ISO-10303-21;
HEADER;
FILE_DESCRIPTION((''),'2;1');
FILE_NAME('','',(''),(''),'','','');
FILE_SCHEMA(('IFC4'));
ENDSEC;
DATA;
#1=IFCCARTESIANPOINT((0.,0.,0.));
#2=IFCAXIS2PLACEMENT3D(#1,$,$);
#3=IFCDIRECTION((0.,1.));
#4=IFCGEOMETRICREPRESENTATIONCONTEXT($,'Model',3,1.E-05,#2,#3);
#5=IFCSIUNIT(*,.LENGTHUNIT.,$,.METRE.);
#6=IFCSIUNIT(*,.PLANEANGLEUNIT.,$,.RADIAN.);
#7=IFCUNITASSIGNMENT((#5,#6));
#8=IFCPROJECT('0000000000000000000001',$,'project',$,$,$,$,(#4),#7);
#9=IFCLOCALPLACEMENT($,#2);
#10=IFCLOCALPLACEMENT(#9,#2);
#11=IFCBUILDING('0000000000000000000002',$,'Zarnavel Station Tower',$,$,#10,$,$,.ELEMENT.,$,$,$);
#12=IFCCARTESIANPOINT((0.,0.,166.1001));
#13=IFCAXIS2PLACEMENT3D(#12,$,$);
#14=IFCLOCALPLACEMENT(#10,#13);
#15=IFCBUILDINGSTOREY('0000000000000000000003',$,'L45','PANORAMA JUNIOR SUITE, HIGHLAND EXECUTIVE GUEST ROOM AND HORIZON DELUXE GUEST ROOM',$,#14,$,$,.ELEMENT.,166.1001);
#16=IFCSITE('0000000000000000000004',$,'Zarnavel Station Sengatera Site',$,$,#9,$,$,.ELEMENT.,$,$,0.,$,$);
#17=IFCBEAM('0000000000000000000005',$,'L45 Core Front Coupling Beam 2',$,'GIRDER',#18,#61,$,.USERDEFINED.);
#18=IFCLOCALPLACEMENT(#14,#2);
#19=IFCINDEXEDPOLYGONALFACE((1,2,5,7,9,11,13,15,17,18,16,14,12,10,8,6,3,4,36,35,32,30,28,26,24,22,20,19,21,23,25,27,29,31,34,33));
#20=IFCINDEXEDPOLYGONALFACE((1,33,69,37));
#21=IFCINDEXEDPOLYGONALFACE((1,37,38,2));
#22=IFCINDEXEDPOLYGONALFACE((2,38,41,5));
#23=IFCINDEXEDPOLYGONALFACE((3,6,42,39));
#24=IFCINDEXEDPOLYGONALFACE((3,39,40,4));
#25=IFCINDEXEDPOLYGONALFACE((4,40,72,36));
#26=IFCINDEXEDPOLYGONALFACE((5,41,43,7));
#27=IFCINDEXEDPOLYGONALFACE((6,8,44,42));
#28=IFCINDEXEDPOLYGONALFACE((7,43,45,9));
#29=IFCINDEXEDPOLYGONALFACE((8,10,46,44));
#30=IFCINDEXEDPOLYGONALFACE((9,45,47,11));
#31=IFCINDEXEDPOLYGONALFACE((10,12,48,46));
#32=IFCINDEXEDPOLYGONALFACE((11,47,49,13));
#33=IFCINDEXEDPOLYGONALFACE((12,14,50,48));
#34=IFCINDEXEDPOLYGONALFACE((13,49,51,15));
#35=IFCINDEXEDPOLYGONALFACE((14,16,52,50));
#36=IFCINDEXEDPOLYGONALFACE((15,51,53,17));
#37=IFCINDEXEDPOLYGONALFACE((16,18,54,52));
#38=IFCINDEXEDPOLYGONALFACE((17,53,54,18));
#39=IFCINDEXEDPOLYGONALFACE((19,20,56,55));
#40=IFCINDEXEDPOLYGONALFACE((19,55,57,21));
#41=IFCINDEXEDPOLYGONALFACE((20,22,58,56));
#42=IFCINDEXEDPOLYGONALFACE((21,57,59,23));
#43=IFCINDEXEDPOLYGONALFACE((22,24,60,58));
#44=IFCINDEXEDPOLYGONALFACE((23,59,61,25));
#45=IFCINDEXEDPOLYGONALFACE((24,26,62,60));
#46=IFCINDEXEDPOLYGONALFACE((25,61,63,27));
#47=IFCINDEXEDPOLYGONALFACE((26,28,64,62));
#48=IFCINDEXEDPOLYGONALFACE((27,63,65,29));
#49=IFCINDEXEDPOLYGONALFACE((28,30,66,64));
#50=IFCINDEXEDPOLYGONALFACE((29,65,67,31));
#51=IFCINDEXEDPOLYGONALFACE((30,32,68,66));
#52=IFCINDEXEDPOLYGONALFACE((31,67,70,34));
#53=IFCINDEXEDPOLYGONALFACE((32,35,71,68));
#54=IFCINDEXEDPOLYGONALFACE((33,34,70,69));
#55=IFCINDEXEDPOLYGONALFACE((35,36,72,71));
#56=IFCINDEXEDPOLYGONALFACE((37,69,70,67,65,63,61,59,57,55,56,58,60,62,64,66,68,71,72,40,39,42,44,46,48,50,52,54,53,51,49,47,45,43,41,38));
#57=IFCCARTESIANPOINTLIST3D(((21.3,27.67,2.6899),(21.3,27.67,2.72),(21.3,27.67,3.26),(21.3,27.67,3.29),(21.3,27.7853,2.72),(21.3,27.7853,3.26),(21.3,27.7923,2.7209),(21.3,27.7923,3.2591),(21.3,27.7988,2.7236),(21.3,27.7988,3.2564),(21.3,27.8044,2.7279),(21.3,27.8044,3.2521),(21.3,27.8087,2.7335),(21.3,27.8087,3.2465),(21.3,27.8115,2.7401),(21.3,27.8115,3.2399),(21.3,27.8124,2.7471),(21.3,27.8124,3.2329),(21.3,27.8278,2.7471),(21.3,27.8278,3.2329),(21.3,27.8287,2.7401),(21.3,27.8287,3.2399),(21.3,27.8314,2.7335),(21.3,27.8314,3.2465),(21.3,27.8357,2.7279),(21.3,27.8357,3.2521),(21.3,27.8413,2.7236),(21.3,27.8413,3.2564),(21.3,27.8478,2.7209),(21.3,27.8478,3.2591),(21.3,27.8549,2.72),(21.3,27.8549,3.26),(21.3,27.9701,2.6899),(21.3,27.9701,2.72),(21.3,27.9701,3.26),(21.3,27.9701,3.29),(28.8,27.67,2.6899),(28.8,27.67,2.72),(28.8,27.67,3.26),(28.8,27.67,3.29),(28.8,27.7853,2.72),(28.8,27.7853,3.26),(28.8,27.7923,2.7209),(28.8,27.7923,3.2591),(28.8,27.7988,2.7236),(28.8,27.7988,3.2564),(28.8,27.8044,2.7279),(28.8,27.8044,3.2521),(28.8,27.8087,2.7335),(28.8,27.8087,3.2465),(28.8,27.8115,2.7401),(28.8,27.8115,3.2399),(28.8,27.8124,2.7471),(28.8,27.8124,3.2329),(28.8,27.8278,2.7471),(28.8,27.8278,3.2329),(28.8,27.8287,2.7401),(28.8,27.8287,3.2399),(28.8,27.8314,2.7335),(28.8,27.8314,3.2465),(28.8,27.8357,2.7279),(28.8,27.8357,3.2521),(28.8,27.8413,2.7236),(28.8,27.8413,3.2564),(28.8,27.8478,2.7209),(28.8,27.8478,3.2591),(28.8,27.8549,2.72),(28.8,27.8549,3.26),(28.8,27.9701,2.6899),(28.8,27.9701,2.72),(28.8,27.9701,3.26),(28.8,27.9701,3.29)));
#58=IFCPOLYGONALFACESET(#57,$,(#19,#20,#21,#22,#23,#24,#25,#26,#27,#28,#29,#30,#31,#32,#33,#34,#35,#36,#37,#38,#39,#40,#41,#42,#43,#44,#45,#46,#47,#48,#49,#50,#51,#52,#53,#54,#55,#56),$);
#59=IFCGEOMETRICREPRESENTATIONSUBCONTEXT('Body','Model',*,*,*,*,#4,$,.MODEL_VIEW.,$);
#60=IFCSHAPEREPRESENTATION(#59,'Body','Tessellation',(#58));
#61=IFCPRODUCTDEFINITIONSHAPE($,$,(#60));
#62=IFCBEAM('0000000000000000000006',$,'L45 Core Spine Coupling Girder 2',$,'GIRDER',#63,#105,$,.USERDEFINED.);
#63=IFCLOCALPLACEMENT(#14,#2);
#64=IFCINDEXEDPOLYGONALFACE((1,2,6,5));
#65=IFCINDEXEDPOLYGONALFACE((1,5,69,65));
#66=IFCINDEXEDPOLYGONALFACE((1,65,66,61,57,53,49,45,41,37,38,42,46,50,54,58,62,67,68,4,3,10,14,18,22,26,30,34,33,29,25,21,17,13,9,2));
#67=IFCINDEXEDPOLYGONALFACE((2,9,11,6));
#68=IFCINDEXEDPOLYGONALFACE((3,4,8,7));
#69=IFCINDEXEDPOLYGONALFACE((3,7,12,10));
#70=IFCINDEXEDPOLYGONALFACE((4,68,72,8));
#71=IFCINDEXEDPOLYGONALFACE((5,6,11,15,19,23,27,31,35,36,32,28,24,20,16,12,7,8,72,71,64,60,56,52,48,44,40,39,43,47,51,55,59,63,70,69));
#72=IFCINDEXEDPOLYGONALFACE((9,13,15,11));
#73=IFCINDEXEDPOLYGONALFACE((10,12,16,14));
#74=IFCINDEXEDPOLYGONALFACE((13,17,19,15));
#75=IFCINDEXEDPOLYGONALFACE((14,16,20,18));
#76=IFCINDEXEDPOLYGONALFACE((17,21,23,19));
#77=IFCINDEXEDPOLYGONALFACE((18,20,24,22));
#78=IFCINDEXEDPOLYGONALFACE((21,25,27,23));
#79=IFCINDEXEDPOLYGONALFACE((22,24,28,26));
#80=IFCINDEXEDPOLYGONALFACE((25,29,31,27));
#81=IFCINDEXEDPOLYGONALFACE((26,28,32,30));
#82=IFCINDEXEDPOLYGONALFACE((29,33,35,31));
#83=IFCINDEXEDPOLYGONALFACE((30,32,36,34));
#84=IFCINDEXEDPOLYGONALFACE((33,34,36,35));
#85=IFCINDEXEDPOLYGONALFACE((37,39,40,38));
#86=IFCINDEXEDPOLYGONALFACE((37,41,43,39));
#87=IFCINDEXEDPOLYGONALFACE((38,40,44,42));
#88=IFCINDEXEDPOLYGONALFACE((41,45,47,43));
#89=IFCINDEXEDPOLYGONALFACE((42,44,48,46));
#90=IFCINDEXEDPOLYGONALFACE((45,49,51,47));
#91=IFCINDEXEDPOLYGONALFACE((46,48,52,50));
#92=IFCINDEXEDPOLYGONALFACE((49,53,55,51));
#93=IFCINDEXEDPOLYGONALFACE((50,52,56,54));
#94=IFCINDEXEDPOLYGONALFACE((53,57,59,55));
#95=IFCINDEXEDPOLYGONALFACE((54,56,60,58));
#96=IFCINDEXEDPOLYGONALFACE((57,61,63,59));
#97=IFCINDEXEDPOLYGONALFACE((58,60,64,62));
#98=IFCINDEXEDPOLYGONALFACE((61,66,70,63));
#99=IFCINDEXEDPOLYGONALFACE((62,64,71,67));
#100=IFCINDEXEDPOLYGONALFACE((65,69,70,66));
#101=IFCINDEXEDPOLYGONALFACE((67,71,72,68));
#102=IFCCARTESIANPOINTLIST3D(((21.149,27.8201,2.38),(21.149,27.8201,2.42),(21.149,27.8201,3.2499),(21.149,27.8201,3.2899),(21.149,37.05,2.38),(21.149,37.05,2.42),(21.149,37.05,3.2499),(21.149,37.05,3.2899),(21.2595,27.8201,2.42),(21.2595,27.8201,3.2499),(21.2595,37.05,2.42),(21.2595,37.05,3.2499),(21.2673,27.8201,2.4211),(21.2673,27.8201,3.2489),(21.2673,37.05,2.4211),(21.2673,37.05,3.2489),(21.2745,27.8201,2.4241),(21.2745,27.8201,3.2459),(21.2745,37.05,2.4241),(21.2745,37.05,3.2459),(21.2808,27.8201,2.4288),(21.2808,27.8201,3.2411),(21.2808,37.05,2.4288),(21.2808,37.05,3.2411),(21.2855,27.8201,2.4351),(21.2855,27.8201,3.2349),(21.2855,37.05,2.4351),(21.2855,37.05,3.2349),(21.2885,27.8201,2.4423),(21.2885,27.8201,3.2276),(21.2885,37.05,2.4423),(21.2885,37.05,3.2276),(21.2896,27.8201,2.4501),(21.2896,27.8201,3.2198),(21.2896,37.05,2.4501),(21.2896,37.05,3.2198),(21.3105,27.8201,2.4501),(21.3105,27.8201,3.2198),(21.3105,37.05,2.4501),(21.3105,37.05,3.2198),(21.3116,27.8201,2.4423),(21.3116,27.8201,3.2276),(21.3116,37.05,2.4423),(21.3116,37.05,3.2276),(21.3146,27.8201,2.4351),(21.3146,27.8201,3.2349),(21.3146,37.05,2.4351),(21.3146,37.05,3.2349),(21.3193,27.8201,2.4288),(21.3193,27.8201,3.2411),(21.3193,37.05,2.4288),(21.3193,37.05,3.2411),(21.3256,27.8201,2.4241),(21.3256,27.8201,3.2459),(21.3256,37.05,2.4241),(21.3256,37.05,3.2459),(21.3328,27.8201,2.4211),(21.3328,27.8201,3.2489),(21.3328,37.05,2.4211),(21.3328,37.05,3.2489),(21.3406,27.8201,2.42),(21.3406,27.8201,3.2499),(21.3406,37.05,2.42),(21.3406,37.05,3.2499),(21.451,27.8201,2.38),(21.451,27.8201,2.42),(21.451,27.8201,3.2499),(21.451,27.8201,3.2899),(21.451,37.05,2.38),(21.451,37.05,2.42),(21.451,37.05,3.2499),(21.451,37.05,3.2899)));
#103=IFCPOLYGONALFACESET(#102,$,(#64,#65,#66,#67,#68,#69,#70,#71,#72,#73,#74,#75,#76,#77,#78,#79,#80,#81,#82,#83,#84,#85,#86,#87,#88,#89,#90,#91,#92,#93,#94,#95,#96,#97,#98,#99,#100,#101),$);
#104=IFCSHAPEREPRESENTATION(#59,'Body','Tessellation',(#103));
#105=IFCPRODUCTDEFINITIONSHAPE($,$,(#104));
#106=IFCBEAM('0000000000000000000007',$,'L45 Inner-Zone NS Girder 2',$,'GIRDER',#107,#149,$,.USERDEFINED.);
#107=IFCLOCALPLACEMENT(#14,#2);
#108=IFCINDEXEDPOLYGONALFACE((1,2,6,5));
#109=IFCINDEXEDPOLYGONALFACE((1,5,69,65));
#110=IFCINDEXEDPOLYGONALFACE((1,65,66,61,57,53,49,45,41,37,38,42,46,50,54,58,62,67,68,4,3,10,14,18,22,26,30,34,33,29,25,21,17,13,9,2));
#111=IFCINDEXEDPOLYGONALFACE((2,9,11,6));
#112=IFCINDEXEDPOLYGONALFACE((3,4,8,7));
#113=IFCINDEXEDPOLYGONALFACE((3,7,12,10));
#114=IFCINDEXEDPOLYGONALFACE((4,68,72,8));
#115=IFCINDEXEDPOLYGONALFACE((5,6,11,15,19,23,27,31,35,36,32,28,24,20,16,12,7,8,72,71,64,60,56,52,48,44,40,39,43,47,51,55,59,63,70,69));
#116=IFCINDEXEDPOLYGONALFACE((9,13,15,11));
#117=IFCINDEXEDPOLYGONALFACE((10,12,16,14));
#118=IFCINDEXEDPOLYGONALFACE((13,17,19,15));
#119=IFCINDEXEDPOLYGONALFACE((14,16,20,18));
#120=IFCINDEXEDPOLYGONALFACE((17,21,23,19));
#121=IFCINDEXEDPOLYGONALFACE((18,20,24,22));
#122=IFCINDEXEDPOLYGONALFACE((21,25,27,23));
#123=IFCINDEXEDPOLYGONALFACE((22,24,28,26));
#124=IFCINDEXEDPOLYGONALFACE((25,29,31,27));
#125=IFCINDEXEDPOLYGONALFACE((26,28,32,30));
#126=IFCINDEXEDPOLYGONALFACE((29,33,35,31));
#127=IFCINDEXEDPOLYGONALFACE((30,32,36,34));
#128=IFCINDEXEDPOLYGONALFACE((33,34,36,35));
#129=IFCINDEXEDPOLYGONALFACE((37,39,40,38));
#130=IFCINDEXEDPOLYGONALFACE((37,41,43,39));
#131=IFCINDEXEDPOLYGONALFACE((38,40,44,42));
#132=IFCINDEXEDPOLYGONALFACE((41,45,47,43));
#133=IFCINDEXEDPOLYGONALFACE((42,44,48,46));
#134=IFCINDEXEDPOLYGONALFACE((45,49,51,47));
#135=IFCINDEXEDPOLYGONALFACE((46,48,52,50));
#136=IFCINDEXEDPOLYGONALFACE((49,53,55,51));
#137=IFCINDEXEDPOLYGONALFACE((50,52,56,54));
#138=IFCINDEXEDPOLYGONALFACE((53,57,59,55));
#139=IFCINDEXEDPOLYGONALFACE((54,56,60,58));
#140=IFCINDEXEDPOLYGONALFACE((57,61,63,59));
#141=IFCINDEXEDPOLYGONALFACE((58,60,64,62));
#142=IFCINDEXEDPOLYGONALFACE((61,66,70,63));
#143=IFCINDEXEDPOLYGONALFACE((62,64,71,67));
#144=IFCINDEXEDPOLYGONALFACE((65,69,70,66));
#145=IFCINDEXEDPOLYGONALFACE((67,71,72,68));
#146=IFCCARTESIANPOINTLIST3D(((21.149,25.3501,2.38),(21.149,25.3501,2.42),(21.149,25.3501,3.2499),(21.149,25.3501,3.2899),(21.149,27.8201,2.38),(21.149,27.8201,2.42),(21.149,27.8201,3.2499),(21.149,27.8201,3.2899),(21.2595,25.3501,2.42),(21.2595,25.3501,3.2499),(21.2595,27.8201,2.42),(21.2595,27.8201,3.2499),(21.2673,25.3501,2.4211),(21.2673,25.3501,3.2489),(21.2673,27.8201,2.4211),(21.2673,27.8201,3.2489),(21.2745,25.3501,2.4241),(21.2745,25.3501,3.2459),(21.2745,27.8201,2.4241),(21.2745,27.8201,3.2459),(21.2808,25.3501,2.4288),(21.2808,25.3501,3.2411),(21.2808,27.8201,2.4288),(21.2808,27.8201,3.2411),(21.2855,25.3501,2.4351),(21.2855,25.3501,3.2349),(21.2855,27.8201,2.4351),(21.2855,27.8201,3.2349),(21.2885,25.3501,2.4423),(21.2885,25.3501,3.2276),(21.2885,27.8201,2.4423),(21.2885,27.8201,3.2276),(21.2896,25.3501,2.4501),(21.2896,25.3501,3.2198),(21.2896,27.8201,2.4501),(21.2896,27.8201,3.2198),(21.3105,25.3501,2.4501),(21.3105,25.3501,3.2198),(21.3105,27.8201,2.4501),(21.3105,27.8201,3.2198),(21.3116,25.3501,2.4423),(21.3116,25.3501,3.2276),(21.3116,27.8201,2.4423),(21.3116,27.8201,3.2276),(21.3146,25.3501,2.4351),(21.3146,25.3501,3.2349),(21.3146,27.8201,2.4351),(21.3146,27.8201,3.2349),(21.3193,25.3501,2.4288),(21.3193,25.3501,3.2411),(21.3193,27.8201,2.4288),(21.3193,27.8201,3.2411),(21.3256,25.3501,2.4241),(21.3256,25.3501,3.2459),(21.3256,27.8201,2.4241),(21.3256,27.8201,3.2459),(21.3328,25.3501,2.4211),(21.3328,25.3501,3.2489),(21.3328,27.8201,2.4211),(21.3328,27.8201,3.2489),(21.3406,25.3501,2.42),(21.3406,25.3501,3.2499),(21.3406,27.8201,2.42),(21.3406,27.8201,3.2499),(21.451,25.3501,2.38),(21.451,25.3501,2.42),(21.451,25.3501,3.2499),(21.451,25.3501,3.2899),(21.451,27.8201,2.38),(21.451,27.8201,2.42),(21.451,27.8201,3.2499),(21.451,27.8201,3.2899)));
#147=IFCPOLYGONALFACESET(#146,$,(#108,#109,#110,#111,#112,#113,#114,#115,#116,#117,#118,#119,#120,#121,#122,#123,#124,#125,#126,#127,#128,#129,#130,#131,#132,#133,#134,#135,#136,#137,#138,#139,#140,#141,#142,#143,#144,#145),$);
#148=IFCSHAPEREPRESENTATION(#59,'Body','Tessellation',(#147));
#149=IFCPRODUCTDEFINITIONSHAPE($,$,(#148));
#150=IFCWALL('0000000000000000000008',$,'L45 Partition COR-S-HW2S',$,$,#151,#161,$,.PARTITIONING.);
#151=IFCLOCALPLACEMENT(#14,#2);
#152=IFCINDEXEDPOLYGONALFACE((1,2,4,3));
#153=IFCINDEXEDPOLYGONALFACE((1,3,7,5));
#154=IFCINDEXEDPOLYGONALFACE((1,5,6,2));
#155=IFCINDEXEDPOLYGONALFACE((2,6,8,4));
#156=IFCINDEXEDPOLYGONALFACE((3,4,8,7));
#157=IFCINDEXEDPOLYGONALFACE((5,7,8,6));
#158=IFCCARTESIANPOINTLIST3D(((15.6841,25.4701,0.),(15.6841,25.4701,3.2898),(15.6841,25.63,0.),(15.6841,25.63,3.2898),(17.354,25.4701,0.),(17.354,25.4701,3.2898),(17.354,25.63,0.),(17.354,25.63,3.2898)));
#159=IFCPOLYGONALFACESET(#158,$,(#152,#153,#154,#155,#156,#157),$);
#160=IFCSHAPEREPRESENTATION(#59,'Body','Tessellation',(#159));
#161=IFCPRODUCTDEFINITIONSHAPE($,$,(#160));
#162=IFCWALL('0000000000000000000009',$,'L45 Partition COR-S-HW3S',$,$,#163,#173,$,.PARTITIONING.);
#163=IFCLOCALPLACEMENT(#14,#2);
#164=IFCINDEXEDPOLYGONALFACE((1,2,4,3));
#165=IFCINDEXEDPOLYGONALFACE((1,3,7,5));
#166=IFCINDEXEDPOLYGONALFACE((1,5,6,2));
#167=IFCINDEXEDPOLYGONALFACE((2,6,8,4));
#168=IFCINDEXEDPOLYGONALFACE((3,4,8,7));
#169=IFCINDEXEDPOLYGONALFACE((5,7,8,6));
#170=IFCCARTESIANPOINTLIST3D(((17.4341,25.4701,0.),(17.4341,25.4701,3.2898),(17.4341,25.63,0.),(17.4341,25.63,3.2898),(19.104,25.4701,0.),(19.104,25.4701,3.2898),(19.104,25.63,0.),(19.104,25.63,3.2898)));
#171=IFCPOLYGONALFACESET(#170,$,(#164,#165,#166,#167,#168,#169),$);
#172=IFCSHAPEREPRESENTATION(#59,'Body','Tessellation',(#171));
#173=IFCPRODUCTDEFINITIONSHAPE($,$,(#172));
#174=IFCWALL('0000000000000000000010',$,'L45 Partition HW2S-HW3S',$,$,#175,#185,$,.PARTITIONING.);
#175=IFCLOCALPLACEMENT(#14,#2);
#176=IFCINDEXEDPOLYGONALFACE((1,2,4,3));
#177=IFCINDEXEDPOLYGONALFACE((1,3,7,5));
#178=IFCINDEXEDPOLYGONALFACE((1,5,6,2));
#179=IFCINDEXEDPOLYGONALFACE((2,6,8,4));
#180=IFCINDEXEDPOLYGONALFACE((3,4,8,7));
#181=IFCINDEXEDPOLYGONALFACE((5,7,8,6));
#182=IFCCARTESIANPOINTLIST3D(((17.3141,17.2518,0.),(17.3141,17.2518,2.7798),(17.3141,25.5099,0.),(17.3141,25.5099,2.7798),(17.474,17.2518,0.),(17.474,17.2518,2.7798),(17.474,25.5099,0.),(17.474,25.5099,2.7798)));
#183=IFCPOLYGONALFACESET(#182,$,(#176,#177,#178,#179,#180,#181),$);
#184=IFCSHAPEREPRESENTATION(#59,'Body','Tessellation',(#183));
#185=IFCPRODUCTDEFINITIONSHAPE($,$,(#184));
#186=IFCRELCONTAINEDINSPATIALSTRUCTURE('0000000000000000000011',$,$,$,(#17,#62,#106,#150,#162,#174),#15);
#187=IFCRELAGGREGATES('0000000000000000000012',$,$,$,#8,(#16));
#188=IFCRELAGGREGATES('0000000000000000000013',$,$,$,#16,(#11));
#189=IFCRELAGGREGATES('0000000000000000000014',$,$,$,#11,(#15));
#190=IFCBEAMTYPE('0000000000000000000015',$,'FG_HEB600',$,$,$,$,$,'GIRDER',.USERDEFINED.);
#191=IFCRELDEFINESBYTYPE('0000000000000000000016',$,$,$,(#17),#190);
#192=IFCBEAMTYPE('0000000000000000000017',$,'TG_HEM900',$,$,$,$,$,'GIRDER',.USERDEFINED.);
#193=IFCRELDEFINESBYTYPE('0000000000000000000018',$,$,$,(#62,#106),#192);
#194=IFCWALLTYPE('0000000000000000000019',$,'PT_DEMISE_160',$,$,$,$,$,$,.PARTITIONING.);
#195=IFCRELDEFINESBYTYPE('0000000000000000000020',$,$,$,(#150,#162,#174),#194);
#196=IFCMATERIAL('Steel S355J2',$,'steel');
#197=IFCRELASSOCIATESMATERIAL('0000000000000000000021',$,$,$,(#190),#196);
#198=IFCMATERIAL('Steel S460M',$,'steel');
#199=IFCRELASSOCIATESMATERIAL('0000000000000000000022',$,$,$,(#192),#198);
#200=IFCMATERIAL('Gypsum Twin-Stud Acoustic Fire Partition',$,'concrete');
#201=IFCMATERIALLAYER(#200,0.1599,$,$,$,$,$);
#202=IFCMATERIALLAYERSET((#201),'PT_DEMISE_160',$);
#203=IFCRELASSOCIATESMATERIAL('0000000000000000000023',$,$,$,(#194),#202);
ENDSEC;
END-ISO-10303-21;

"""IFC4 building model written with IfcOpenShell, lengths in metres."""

from ifc_helpers import new_model, si_unit, direction, frame, frame_2d, origin, origin_2d, place, context, subcontext, project, spatial, rectangle, i_section, extrude, material, layer, layer_set, material_profile, profile_set, type_object, element, save


model = new_model("IFC4")

# Units and contexts
model_context = context("Model", 3, precision=1e-05, world=origin(), true_north=direction((0.0, 1.0)))
body_context = subcontext(model_context, "Body", "Model", "MODEL_VIEW")
ifc_project = project(units=[si_unit("LENGTHUNIT", "METRE"), si_unit("PLANEANGLEUNIT", "RADIAN")], contexts=[model_context])

# Site, building, storey
site_placement = place(None, origin())
site = spatial("IfcSite", under=ifc_project, at=site_placement, Name="Zarnavel Station Sengatera Site", CompositionType="ELEMENT", RefElevation=0.0)
building_placement = place(site_placement, origin())
building = spatial("IfcBuilding", under=site, at=building_placement, Name="Zarnavel Station Tower", CompositionType="ELEMENT")
storey_placement = place(building_placement, frame((0.0, 0.0, 166.1001)))
storey = spatial("IfcBuildingStorey", under=building, at=storey_placement, Name="L45", Description="PANORAMA JUNIOR SUITE, HIGHLAND EXECUTIVE GUEST ROOM AND HORIZON DELUXE GUEST ROOM", CompositionType="ELEMENT", Elevation=166.1001)

# Beams
ifc_material_1 = material(Name="Steel S355J2", Category="steel")
ifc_material_profile_1 = material_profile(ifc_material_1, i_section(OverallWidth=0.3, OverallDepth=0.6001, WebThickness=0.0154, FlangeThickness=0.03, FilletRadius=0.0271, at=origin_2d()), Name="HEB600")
ifc_profile_set_1 = profile_set([ifc_material_profile_1], Name="Steel S355J2")
beam_type_1 = type_object("IfcBeamType", Name="FG_HEB600", ElementType="GIRDER", PredefinedType="USERDEFINED", material=ifc_profile_set_1)
beam_1_placement = place(storey_placement, frame((21.3, 27.8201, 2.99), z_axis=(1.0, 0.0, 0.0), x_axis=(0.0, 1.0, 0.0)))
element("IfcBeam", 1, at=beam_1_placement, inside=storey, type_object=beam_type_1, Name="L45 Core Front Coupling Beam 2", ObjectType="GIRDER", PredefinedType="USERDEFINED", context=body_context, shape_type="SweptSolid", body=[
    extrude(i_section(OverallWidth=0.3, OverallDepth=0.6001, WebThickness=0.0154, FlangeThickness=0.03, FilletRadius=0.0271, at=origin_2d()), origin(), (0.0, 0.0, 1.0), 7.5),
])
ifc_material_2 = material(Name="Steel S460M", Category="steel")
ifc_material_profile_2 = material_profile(ifc_material_2, i_section(OverallWidth=0.302, OverallDepth=0.9099, WebThickness=0.021, FlangeThickness=0.04, FilletRadius=0.03, at=origin_2d()), Name="HEM900")
ifc_profile_set_2 = profile_set([ifc_material_profile_2], Name="Steel S460M")
beam_type_2 = type_object("IfcBeamType", Name="TG_HEM900", ElementType="GIRDER", PredefinedType="USERDEFINED", material=ifc_profile_set_2)
beam_2_placement = place(storey_placement, frame((21.3, 27.8201, 2.835), z_axis=(0.0, 1.0, 0.0), x_axis=(-1.0, 0.0, 0.0)))
element("IfcBeam", 2, at=beam_2_placement, inside=storey, type_object=beam_type_2, Name="L45 Core Spine Coupling Girder 2", ObjectType="GIRDER", PredefinedType="USERDEFINED", context=body_context, shape_type="SweptSolid", body=[
    extrude(i_section(OverallWidth=0.302, OverallDepth=0.9099, WebThickness=0.021, FlangeThickness=0.04, FilletRadius=0.03, at=origin_2d()), origin(), (0.0, 0.0, 1.0), 9.23),
])
beam_3_placement = place(storey_placement, frame((21.3, 25.3501, 2.835), z_axis=(0.0, 1.0, 0.0), x_axis=(-1.0, 0.0, 0.0)))
element("IfcBeam", 3, at=beam_3_placement, inside=storey, type_object=beam_type_2, Name="L45 Inner-Zone NS Girder 2", ObjectType="GIRDER", PredefinedType="USERDEFINED", context=body_context, shape_type="SweptSolid", body=[
    extrude(i_section(OverallWidth=0.302, OverallDepth=0.9099, WebThickness=0.021, FlangeThickness=0.04, FilletRadius=0.03, at=origin_2d()), origin(), (0.0, 0.0, 1.0), 2.47),
])

# Wall
ifc_material_3 = material(Name="Gypsum Twin-Stud Acoustic Fire Partition", Category="concrete")
ifc_layer_1 = layer(ifc_material_3, 0.1599)
ifc_layer_set_1 = layer_set([ifc_layer_1], Name="PT_DEMISE_160")
wall_type_1 = type_object("IfcWallType", Name="PT_DEMISE_160", PredefinedType="PARTITIONING", material=ifc_layer_set_1)
wall_1_placement = place(storey_placement, frame((15.6841, 25.55, 0.0), z_axis=(0.0, 0.0, 1.0), x_axis=(1.0, 0.0, 0.0)))
element("IfcWall", 4, at=wall_1_placement, inside=storey, type_object=wall_type_1, Name="L45 Partition COR-S-HW2S", PredefinedType="PARTITIONING", context=body_context, shape_type="SweptSolid", body=[
    extrude(rectangle(XDim=1.6699, YDim=0.1599, at=frame_2d((0.835, 0.0))), origin(), (0.0, 0.0, 1.0), 3.2898),
])

# Walls
wall_2_placement = place(storey_placement, frame((17.4341, 25.55, 0.0), z_axis=(0.0, 0.0, 1.0), x_axis=(1.0, 0.0, 0.0)))
element("IfcWall", 5, at=wall_2_placement, inside=storey, type_object=wall_type_1, Name="L45 Partition COR-S-HW3S", PredefinedType="PARTITIONING", context=body_context, shape_type="SweptSolid", body=[
    extrude(rectangle(XDim=1.6699, YDim=0.1599, at=frame_2d((0.835, 0.0))), origin(), (0.0, 0.0, 1.0), 3.2898),
])
wall_3_placement = place(storey_placement, frame((17.394, 17.252, 0.0), z_axis=(0.0, 0.0, 1.0), x_axis=(0.0, 1.0, 0.0)))
element("IfcWall", 6, at=wall_3_placement, inside=storey, type_object=wall_type_1, Name="L45 Partition HW2S-HW3S", PredefinedType="PARTITIONING", context=body_context, shape_type="SweptSolid", body=[
    extrude(rectangle(XDim=8.2581, YDim=0.1599, at=frame_2d((4.1289, 0.0))), origin(), (0.0, 0.0, 1.0), 2.7798),
])

save(model, "model.ifc")
